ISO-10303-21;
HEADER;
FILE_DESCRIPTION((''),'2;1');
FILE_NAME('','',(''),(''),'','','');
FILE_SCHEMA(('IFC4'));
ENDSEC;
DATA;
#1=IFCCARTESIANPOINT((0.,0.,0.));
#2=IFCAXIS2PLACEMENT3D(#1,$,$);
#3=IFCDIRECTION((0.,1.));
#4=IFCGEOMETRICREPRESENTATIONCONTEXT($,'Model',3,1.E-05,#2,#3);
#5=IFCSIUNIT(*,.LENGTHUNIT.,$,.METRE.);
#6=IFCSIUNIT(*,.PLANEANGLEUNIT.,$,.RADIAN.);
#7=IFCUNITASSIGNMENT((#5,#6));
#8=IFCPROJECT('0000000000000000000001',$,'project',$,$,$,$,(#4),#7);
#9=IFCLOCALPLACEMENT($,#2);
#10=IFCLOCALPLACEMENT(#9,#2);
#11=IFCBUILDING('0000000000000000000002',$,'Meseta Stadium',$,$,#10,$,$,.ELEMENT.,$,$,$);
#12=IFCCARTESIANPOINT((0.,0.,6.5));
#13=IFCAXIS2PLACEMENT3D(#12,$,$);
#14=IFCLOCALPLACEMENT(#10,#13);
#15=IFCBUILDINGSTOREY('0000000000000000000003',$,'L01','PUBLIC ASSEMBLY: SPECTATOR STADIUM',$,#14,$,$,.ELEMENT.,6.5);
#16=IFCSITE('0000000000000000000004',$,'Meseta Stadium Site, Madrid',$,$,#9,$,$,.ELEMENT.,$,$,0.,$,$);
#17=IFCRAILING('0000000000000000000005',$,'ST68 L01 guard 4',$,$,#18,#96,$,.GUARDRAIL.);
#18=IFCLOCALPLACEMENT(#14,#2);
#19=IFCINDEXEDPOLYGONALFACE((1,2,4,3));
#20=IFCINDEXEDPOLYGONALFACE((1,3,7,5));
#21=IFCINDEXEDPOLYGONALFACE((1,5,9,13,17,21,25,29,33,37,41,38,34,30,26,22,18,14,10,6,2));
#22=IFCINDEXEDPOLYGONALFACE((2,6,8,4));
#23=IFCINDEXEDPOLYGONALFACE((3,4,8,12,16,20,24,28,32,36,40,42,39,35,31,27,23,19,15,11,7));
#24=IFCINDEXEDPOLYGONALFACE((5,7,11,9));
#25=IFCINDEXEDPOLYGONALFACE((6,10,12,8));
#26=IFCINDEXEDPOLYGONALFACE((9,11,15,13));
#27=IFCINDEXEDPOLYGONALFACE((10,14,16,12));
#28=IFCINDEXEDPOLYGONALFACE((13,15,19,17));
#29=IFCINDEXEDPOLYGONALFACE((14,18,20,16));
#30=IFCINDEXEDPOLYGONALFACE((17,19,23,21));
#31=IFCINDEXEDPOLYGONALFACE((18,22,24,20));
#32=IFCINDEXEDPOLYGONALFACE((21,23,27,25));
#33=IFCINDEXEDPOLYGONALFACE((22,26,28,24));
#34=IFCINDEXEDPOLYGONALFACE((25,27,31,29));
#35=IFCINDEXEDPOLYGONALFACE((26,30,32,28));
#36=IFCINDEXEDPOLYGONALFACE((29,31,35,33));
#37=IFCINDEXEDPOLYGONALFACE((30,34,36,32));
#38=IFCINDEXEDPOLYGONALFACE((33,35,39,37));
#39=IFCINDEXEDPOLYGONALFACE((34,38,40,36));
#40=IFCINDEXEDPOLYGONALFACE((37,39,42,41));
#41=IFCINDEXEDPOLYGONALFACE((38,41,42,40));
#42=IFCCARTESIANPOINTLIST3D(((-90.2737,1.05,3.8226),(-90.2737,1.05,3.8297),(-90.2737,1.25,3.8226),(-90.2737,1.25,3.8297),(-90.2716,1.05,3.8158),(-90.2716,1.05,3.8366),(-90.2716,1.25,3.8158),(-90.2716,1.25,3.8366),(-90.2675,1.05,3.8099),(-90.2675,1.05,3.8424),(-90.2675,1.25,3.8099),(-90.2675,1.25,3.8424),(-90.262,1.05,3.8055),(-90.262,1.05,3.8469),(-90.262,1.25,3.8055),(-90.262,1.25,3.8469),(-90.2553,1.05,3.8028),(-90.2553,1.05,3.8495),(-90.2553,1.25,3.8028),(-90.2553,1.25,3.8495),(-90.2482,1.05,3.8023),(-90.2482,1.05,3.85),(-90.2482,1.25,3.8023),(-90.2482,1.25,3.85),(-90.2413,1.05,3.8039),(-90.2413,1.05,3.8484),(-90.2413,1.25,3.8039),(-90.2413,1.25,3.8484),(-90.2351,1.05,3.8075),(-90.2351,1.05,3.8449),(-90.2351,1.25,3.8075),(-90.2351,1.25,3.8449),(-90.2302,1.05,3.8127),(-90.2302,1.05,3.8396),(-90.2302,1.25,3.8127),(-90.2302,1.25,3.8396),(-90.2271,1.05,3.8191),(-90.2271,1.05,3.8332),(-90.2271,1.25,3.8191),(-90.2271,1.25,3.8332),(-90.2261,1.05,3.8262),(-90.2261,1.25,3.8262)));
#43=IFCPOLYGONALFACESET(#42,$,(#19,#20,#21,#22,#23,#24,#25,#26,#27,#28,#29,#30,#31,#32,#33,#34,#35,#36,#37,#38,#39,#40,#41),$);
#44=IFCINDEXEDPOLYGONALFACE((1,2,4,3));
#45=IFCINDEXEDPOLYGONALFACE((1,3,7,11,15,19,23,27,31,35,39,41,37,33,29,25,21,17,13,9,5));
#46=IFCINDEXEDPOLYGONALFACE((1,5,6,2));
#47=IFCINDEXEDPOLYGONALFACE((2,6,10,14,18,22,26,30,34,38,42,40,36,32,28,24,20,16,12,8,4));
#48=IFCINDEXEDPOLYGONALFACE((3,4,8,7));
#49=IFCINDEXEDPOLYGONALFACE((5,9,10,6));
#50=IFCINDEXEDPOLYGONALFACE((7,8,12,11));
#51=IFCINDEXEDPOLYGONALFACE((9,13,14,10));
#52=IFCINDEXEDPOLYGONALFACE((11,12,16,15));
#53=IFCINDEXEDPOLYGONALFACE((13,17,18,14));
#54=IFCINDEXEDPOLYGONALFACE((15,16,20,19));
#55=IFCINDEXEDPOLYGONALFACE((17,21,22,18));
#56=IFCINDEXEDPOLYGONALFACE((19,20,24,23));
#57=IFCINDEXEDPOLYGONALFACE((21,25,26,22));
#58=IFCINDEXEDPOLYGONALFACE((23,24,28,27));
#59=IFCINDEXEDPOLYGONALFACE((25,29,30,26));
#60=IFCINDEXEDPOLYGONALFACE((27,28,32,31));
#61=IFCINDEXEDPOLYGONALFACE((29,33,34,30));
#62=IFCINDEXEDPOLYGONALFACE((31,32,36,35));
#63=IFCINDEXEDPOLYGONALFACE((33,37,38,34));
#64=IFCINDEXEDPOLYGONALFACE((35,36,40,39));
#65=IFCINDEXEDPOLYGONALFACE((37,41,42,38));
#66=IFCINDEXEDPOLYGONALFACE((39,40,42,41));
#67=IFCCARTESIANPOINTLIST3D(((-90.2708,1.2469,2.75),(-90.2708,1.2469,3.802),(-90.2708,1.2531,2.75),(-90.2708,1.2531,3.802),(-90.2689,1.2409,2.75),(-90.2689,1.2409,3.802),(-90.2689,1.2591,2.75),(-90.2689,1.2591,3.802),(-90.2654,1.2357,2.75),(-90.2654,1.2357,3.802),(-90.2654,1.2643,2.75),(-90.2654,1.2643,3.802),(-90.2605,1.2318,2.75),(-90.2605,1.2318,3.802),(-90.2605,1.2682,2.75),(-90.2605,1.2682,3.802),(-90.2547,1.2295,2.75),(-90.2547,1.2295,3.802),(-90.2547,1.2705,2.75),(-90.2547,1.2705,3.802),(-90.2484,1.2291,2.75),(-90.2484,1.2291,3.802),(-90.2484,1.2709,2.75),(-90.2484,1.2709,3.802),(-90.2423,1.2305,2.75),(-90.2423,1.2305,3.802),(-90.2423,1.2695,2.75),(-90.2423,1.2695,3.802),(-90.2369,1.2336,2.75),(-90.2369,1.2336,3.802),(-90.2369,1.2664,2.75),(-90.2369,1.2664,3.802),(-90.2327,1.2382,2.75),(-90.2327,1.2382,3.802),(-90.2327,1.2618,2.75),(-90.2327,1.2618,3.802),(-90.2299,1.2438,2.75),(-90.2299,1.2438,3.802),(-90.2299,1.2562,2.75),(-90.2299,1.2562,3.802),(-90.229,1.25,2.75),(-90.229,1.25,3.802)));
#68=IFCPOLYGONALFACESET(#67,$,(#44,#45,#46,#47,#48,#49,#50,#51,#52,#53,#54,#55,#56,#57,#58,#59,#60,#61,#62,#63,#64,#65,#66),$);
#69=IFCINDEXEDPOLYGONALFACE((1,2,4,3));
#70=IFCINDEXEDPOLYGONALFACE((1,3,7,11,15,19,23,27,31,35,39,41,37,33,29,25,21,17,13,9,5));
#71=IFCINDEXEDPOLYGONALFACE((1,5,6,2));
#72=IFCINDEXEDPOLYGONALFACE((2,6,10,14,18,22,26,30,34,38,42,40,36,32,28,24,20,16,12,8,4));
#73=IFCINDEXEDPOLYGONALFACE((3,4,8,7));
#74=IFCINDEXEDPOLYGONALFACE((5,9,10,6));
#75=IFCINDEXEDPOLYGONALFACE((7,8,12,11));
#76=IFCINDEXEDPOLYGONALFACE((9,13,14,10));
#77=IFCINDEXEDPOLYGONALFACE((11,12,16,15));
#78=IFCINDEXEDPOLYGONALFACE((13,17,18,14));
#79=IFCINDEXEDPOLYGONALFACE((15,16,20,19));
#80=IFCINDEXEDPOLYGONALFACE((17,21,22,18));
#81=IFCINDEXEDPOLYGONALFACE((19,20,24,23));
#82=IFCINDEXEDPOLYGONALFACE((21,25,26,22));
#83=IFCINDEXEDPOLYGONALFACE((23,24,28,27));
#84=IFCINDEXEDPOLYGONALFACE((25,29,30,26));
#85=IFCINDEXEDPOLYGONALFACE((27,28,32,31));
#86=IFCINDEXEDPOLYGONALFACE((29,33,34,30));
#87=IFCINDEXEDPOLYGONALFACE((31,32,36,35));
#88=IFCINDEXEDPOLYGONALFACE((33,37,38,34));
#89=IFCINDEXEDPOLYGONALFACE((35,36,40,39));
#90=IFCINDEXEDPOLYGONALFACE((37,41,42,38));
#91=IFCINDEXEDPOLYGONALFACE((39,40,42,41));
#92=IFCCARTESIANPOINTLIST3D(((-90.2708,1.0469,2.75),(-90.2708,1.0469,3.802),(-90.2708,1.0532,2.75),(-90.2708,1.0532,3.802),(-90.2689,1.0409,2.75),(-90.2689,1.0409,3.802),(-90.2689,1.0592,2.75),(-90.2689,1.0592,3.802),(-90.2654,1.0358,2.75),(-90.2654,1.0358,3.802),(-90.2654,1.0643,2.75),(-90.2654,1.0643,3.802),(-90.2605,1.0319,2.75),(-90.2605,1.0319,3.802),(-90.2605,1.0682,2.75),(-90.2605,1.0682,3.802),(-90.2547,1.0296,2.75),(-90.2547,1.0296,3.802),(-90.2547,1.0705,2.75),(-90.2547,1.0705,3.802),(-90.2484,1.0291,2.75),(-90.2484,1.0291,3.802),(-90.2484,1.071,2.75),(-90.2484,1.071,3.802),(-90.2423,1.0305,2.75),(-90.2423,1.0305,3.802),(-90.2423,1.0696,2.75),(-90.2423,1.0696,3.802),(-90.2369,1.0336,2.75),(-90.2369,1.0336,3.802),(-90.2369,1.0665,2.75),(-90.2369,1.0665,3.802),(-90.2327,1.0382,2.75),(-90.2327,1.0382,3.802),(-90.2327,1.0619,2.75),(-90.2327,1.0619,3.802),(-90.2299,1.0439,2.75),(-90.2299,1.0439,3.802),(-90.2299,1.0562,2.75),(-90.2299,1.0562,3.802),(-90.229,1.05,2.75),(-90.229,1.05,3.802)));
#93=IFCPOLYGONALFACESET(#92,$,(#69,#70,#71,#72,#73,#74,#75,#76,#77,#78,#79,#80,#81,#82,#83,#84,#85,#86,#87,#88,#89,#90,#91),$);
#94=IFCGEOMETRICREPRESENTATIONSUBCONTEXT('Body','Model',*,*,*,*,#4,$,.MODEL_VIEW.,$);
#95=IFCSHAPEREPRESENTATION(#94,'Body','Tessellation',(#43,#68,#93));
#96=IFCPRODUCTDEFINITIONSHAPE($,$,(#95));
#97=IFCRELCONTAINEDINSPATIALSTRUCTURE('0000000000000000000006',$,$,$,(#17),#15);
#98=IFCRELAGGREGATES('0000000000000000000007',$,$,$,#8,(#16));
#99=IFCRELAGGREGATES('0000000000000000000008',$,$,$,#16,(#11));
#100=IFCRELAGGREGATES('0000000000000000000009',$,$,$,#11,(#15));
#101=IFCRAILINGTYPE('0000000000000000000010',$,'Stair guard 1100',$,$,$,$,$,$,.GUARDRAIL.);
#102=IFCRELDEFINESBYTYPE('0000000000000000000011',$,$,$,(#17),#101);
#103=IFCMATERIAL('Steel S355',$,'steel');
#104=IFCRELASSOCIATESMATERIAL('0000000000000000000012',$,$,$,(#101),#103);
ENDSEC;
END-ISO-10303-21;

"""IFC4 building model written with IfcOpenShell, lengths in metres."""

from ifc_helpers import new_model, si_unit, direction, frame, origin, origin_2d, place, context, subcontext, project, spatial, circle, extrude, material, type_object, element, save


model = new_model("IFC4")

# Units and contexts
model_context = context("Model", 3, precision=1e-05, world=origin(), true_north=direction((0.0, 1.0)))
body_context = subcontext(model_context, "Body", "Model", "MODEL_VIEW")
ifc_project = project(units=[si_unit("LENGTHUNIT", "METRE"), si_unit("PLANEANGLEUNIT", "RADIAN")], contexts=[model_context])

# Site, building, storey
site_placement = place(None, origin())
site = spatial("IfcSite", under=ifc_project, at=site_placement, Name="Meseta Stadium Site, Madrid", CompositionType="ELEMENT", RefElevation=0.0)
building_placement = place(site_placement, origin())
building = spatial("IfcBuilding", under=site, at=building_placement, Name="Meseta Stadium", CompositionType="ELEMENT")
storey_placement = place(building_placement, frame((0.0, 0.0, 6.5)))
storey = spatial("IfcBuildingStorey", under=building, at=storey_placement, Name="L01", Description="PUBLIC ASSEMBLY: SPECTATOR STADIUM", CompositionType="ELEMENT", Elevation=6.5)

# Railing
ifc_material_1 = material(Name="Steel S355", Category="steel")
railing_type_1 = type_object("IfcRailingType", Name="Stair guard 1100", PredefinedType="GUARDRAIL", material=ifc_material_1)
railing_1_placement = place(storey_placement, frame((-90.25, 1.25, 2.75)))
element("IfcRailing", 1, at=railing_1_placement, inside=storey, type_object=railing_type_1, Name="ST68 L01 guard 4", PredefinedType="GUARDRAIL", context=body_context, shape_type="SweptSolid", body=[
    extrude(circle(Radius=0.0239, at=origin_2d()), frame((0.0, 0.0, 1.0762), z_axis=(0.0, -1.0, 0.0), x_axis=(1.0, 0.0, 0.0)), (0.0, 0.0, 1.0), 0.2),
    extrude(circle(Radius=0.021, at=origin_2d()), origin(), (0.0, 0.0, 1.0), 1.052),
    extrude(circle(Radius=0.021, at=origin_2d()), frame((0.0, -0.2, 0.0)), (0.0, 0.0, 1.0), 1.052),
])

save(model, "model.ifc")
